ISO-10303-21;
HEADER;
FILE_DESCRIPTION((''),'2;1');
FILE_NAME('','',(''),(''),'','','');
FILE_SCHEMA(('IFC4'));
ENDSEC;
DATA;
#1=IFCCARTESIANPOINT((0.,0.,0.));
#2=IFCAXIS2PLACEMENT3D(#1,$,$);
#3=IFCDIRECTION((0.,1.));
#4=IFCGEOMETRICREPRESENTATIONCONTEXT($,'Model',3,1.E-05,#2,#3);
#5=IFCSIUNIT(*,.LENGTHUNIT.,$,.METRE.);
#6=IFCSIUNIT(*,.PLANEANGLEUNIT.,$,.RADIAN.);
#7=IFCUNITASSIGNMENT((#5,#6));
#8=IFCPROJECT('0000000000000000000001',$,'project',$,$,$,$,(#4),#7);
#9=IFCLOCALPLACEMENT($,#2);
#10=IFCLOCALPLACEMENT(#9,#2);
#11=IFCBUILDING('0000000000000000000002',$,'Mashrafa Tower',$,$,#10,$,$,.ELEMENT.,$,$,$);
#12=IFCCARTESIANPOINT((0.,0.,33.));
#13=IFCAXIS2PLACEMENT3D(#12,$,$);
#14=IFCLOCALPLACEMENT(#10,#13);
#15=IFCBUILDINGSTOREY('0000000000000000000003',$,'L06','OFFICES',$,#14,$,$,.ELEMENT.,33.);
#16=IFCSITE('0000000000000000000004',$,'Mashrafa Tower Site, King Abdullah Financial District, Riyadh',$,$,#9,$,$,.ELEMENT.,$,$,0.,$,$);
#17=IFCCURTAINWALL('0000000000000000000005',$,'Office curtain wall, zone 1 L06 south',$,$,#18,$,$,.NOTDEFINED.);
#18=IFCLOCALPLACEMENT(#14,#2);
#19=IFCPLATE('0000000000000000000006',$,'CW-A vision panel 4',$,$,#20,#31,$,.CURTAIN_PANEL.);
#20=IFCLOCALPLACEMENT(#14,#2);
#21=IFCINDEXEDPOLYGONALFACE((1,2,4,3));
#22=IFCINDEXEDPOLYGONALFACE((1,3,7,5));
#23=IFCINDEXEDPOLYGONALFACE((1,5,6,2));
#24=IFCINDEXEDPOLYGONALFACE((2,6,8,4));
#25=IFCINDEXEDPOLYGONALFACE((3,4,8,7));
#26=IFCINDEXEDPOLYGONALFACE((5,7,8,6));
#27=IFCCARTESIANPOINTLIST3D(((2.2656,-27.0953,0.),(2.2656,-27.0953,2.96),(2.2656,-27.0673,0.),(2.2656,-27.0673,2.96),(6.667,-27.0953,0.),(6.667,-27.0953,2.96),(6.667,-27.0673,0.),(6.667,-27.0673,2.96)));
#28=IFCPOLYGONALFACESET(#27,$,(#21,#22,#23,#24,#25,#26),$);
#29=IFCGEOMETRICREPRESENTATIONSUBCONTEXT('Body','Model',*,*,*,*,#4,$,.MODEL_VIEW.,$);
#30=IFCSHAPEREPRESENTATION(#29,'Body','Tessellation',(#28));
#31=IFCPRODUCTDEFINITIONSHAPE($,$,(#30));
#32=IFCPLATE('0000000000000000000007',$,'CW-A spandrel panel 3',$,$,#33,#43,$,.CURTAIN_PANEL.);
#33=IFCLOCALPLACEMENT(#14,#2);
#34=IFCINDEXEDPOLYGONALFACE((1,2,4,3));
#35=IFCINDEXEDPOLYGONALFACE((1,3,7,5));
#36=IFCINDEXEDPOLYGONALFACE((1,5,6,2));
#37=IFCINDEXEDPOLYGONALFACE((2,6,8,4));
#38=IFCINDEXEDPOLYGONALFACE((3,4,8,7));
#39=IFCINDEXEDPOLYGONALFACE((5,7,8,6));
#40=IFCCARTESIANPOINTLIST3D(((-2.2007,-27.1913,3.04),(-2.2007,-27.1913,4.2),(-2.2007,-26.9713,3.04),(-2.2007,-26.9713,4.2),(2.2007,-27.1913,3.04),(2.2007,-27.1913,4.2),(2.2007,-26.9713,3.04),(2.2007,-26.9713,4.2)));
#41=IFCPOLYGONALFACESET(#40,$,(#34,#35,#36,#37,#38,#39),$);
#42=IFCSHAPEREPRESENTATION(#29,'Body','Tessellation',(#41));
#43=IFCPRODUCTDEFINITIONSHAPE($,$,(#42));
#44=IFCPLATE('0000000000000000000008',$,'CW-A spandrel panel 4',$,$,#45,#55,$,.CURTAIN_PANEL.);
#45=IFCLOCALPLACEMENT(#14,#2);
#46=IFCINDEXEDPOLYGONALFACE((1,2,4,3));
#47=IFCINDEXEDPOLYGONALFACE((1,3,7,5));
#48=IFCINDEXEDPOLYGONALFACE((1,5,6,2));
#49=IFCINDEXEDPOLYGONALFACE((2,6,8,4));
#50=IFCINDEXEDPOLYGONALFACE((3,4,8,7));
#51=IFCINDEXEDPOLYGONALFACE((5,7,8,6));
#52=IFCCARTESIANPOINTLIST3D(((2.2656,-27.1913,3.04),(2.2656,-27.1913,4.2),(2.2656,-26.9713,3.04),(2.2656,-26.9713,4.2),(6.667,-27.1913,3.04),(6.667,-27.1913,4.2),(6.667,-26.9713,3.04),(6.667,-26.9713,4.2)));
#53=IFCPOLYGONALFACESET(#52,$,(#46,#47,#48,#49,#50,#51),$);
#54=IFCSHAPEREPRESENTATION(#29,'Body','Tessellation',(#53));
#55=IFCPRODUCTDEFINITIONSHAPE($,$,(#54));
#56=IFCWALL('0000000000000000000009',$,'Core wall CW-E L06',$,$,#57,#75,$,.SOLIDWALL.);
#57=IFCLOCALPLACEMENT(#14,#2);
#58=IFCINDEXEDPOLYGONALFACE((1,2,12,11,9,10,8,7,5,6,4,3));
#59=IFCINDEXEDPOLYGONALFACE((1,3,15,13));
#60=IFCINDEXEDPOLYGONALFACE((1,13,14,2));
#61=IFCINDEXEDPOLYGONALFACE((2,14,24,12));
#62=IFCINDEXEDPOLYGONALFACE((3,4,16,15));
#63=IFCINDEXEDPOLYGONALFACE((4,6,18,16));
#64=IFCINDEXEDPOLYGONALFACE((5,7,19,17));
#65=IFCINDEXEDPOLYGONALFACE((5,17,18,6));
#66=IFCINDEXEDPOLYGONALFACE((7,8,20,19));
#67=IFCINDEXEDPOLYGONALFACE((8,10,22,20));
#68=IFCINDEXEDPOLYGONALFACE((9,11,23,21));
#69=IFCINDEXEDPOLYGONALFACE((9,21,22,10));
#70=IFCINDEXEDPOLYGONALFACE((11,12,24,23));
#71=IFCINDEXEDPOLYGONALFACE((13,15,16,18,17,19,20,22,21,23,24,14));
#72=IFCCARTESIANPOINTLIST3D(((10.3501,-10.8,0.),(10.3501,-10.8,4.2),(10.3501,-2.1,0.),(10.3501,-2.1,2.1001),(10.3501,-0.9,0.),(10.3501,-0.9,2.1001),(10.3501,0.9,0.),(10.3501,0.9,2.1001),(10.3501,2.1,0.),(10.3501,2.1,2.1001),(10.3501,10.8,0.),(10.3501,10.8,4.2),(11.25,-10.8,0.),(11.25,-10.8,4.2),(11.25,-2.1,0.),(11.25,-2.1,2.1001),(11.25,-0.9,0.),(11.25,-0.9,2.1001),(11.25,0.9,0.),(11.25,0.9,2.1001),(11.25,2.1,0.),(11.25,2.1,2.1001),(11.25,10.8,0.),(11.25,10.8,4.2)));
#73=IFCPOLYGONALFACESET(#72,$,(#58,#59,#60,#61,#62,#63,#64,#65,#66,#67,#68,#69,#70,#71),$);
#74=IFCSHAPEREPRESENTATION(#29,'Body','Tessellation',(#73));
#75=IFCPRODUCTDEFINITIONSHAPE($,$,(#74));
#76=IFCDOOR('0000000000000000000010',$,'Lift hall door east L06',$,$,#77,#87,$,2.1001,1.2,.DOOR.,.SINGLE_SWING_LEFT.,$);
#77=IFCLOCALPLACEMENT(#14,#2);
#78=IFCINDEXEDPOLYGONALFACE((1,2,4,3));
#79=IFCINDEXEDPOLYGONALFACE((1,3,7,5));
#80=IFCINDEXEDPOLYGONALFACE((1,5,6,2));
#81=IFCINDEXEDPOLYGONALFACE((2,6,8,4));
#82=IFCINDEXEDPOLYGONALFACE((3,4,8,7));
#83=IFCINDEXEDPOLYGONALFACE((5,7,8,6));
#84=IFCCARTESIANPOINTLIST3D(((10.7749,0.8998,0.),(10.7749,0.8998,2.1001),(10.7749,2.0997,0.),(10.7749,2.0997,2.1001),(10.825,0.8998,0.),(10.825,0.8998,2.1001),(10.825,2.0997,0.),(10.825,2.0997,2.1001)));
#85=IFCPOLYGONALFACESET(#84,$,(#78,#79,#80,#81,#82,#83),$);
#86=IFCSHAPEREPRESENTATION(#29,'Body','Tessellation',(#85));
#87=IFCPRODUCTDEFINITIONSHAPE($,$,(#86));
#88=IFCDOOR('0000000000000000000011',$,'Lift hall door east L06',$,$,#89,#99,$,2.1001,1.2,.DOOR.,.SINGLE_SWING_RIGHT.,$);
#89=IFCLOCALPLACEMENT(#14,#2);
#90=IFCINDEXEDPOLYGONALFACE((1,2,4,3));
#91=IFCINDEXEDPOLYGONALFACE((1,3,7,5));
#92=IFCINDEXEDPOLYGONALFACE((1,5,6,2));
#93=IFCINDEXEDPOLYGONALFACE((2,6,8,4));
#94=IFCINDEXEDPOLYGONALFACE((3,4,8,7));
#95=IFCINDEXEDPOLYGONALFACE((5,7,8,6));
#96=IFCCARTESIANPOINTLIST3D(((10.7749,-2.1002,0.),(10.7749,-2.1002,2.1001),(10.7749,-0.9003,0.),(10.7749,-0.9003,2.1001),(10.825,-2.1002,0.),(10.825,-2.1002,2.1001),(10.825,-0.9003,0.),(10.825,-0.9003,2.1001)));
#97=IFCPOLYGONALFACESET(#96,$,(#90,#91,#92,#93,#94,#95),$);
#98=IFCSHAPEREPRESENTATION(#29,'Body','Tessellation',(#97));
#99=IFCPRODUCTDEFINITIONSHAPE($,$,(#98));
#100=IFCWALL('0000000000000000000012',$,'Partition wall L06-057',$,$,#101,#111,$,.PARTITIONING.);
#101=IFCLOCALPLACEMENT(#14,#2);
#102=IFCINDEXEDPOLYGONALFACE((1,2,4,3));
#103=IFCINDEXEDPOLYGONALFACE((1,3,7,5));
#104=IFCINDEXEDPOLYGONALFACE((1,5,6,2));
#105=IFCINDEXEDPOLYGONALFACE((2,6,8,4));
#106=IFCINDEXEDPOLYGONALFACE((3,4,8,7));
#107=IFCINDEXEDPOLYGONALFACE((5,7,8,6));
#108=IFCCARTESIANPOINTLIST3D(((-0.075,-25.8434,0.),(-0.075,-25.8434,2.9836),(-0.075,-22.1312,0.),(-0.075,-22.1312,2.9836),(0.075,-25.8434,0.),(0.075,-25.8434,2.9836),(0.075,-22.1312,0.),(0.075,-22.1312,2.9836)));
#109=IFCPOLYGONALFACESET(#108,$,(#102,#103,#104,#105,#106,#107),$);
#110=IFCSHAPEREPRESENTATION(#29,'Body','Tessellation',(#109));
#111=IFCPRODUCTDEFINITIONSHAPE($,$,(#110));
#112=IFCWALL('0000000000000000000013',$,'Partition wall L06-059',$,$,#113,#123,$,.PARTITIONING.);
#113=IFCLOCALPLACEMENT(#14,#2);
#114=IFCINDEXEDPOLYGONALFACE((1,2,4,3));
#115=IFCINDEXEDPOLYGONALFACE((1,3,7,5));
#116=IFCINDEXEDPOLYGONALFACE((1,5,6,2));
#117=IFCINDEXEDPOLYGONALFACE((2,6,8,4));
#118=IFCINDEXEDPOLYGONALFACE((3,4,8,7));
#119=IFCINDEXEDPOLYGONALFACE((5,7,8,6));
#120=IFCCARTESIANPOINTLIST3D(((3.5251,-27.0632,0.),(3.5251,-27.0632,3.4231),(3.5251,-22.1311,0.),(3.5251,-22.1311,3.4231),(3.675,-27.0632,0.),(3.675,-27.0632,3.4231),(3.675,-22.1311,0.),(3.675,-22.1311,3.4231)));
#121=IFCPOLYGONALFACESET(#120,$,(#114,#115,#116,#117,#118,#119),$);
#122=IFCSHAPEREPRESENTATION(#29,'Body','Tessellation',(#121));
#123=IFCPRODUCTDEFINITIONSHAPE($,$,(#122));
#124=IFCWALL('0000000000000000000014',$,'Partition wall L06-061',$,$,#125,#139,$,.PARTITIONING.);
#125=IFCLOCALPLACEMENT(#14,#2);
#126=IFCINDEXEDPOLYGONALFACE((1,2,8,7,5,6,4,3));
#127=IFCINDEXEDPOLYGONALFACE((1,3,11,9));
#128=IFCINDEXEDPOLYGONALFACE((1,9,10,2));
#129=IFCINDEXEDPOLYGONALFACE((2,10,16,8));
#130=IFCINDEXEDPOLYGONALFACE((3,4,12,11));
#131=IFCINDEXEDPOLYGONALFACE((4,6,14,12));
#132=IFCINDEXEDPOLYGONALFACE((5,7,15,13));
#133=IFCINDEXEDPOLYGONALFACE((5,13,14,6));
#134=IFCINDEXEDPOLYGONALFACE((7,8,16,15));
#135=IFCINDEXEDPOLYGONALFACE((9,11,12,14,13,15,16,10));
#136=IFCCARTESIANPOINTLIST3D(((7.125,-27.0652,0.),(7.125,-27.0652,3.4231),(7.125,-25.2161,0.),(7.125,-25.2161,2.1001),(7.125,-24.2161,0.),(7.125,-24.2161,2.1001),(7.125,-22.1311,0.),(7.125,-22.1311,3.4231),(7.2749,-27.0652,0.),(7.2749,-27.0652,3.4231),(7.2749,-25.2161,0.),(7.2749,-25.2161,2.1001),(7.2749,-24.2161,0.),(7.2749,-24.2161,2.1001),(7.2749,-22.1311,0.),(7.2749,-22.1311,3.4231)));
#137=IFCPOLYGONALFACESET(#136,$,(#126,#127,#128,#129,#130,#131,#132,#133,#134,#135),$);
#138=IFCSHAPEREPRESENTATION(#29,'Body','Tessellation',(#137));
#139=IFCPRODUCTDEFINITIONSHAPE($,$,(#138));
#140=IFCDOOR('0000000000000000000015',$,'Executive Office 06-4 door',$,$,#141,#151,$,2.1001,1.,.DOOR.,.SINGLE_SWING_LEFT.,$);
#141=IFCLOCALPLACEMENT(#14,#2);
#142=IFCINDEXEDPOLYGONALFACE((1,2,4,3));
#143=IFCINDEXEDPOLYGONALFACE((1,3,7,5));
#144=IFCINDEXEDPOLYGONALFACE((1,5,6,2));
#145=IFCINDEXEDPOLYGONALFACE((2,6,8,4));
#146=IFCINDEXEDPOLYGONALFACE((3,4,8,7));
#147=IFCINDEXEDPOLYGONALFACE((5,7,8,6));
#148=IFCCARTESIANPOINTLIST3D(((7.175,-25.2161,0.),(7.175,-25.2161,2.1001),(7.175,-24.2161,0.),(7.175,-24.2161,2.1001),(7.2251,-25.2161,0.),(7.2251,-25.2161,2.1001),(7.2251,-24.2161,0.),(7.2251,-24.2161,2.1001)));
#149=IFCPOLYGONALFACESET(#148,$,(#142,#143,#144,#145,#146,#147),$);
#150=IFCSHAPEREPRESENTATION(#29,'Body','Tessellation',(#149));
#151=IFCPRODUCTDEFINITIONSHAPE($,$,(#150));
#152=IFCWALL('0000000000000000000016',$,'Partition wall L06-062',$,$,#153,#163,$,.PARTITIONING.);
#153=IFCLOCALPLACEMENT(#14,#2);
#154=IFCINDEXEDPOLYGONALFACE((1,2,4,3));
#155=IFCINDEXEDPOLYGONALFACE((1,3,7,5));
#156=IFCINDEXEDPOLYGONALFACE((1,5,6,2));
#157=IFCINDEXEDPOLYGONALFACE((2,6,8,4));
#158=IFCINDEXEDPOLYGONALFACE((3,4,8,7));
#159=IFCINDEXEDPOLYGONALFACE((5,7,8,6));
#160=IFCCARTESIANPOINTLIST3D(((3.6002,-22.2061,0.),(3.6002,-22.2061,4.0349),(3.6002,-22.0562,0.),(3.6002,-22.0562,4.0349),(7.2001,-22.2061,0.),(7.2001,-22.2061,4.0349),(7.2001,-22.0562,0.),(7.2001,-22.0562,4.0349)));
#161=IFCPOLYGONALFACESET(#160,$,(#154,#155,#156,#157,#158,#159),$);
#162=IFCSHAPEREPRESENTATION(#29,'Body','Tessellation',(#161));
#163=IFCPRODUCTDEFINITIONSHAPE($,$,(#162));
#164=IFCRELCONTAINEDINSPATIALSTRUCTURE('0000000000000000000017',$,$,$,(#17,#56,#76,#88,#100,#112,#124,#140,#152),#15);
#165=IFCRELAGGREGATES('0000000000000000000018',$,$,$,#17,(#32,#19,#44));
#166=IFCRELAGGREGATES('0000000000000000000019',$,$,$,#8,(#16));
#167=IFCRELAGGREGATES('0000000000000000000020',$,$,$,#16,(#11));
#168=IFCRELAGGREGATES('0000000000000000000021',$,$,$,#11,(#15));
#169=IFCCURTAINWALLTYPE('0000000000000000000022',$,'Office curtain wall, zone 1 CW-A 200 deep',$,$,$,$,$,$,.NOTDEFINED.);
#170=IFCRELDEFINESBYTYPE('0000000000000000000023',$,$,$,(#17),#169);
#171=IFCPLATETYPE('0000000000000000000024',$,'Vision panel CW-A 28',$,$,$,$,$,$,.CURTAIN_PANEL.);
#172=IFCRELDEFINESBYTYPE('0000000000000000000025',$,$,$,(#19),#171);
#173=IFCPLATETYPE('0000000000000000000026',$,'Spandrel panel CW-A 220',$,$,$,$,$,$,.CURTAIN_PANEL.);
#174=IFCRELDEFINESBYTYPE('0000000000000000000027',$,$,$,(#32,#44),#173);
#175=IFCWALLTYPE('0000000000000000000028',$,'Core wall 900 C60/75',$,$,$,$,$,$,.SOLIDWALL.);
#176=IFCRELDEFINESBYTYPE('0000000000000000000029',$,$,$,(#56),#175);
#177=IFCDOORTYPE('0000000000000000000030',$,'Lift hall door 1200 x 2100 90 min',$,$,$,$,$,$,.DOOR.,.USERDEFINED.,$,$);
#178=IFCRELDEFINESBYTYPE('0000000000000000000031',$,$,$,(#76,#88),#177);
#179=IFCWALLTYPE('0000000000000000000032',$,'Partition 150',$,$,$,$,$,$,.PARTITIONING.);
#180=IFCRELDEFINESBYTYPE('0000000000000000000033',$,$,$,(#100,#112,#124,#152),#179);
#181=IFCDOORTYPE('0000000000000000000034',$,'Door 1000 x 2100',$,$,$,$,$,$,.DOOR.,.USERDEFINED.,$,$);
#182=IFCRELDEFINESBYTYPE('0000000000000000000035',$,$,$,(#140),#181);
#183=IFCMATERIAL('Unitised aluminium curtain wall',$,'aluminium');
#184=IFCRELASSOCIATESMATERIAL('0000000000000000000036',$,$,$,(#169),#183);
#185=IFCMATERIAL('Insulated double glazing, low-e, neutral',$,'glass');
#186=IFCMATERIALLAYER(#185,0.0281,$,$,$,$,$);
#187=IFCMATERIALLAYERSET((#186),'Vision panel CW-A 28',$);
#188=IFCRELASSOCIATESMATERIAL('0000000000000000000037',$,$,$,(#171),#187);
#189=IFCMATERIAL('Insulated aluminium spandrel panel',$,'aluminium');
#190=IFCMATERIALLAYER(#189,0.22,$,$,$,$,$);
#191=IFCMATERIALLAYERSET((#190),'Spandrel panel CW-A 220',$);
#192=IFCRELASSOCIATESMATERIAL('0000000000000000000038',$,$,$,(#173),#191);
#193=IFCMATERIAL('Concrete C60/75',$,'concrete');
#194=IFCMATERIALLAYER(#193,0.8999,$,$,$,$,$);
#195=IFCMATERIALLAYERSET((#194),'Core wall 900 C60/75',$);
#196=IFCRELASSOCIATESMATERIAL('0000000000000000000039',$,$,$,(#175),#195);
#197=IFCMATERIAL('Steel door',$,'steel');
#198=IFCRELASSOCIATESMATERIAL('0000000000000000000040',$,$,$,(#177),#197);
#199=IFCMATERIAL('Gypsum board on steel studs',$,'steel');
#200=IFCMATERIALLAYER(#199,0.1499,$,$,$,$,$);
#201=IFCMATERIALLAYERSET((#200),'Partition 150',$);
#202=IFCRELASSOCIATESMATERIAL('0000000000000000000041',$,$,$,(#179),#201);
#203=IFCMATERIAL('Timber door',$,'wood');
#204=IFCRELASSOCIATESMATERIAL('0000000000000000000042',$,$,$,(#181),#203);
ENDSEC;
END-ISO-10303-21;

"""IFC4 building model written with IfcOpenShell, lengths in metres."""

from ifc_helpers import new_model, si_unit, direction, frame, frame_2d, origin, origin_2d, place, context, subcontext, project, spatial, rectangle, extrude, source, transform, mapped, material, layer, layer_set, type_object, element, fill, aggregate, save


model = new_model("IFC4")

# Units and contexts
model_context = context("Model", 3, precision=1e-05, world=origin(), true_north=direction((0.0, 1.0)))
body_context = subcontext(model_context, "Body", "Model", "MODEL_VIEW")
ifc_project = project(units=[si_unit("LENGTHUNIT", "METRE"), si_unit("PLANEANGLEUNIT", "RADIAN")], contexts=[model_context])

# Site, building, storey
site_placement = place(None, origin())
site = spatial("IfcSite", under=ifc_project, at=site_placement, Name="Mashrafa Tower Site, King Abdullah Financial District, Riyadh", CompositionType="ELEMENT", RefElevation=0.0)
building_placement = place(site_placement, origin())
building = spatial("IfcBuilding", under=site, at=building_placement, Name="Mashrafa Tower", CompositionType="ELEMENT")
storey_placement = place(building_placement, frame((0.0, 0.0, 33.0)))
storey = spatial("IfcBuildingStorey", under=building, at=storey_placement, Name="L06", Description="OFFICES", CompositionType="ELEMENT", Elevation=33.0)

# Curtain wall
ifc_material_1 = material(Name="Unitised aluminium curtain wall", Category="aluminium")
curtain_wall_type = type_object("IfcCurtainWallType", Name="Office curtain wall, zone 1 CW-A 200 deep", PredefinedType="NOTDEFINED", material=ifc_material_1)
curtain_wall_1_placement = place(storey_placement, origin())
curtain_wall_1 = element("IfcCurtainWall", 1, at=curtain_wall_1_placement, inside=storey, type_object=curtain_wall_type, Name="Office curtain wall, zone 1 L06 south", PredefinedType="NOTDEFINED")

# Plates
ifc_material_2 = material(Name="Insulated double glazing, low-e, neutral", Category="glass")
ifc_layer_1 = layer(ifc_material_2, 0.0281)
ifc_layer_set_1 = layer_set([ifc_layer_1], Name="Vision panel CW-A 28")
plate_type_1 = type_object("IfcPlateType", Name="Vision panel CW-A 28", PredefinedType="CURTAIN_PANEL", material=ifc_layer_set_1)
ifc_material_3 = material(Name="Insulated aluminium spandrel panel", Category="aluminium")
ifc_layer_2 = layer(ifc_material_3, 0.22)
ifc_layer_set_2 = layer_set([ifc_layer_2], Name="Spandrel panel CW-A 220")
plate_type_2 = type_object("IfcPlateType", Name="Spandrel panel CW-A 220", PredefinedType="CURTAIN_PANEL", material=ifc_layer_set_2)
shared_shape_1 = source(origin(), body_context, "Body", "SweptSolid", [
    extrude(rectangle(XDim=4.4014, YDim=0.0281, at=origin_2d()), origin(), (0.0, 0.0, 1.0), 2.96),
])
plate_1_placement = place(storey_placement, frame((4.4663, -27.0813, 0.0), z_axis=(0.0, 0.0, 1.0), x_axis=(1.0, 0.0, 0.0)))
plate_1 = element("IfcPlate", 2, at=plate_1_placement, type_object=plate_type_1, Name="CW-A vision panel 4", PredefinedType="CURTAIN_PANEL", context=body_context, shape_type="MappedRepresentation", body=[
    mapped(shared_shape_1, transform((0.0, 0.0, 0.0))),
])
shared_shape_2 = source(origin(), body_context, "Body", "SweptSolid", [
    extrude(rectangle(XDim=4.4014, YDim=0.22, at=origin_2d()), origin(), (0.0, 0.0, 1.0), 1.1599),
])
plate_2_placement = place(storey_placement, frame((0.0, -27.0813, 3.04), z_axis=(0.0, 0.0, 1.0), x_axis=(1.0, 0.0, 0.0)))
plate_2 = element("IfcPlate", 3, at=plate_2_placement, type_object=plate_type_2, Name="CW-A spandrel panel 3", PredefinedType="CURTAIN_PANEL", context=body_context, shape_type="MappedRepresentation", body=[
    mapped(shared_shape_2, transform((0.0, 0.0, 0.0))),
])
plate_3_placement = place(storey_placement, frame((4.4663, -27.0813, 3.04), z_axis=(0.0, 0.0, 1.0), x_axis=(1.0, 0.0, 0.0)))
plate_3 = element("IfcPlate", 4, at=plate_3_placement, type_object=plate_type_2, Name="CW-A spandrel panel 4", PredefinedType="CURTAIN_PANEL", context=body_context, shape_type="MappedRepresentation", body=[
    mapped(shared_shape_2, transform((0.0, 0.0, 0.0))),
])
aggregate(curtain_wall_1, [plate_2, plate_1, plate_3])

# Wall, openings, doors
ifc_material_4 = material(Name="Concrete C60/75", Category="concrete")
ifc_layer_3 = layer(ifc_material_4, 0.8999)
ifc_layer_set_3 = layer_set([ifc_layer_3], Name="Core wall 900 C60/75")
wall_type_1 = type_object("IfcWallType", Name="Core wall 900 C60/75", PredefinedType="SOLIDWALL", material=ifc_layer_set_3)
wall_1_placement = place(storey_placement, frame((10.8, -10.8, 0.0), z_axis=(0.0, 0.0, 1.0), x_axis=(0.0, 1.0, 0.0)))
wall_1 = element("IfcWall", 5, at=wall_1_placement, inside=storey, type_object=wall_type_1, Name="Core wall CW-E L06", PredefinedType="SOLIDWALL", context=body_context, shape_type="SweptSolid", body=[
    extrude(rectangle(XDim=21.6001, YDim=0.8999, at=frame_2d((10.8, 0.0))), origin(), (0.0, 0.0, 1.0), 4.2),
])
opening_1_placement = place(wall_1_placement, frame((11.7, 0.0, 0.0)))
opening_1 = element("IfcOpeningElement", 6, at=opening_1_placement, cuts=wall_1, PredefinedType="OPENING", context=body_context, shape_type="SweptSolid", body=[
    extrude(rectangle(XDim=1.2, YDim=2.1001, at=frame_2d((0.6001, 1.05))), frame((0.0, 0.46, 0.0), z_axis=(0.0, -1.0, 0.0), x_axis=(1.0, 0.0, 0.0)), (0.0, 0.0, 1.0), 0.9199),
])
opening_2_placement = place(wall_1_placement, frame((8.7, 0.0, 0.0)))
opening_2 = element("IfcOpeningElement", 7, at=opening_2_placement, cuts=wall_1, PredefinedType="OPENING", context=body_context, shape_type="SweptSolid", body=[
    extrude(rectangle(XDim=1.2, YDim=2.1001, at=frame_2d((0.6001, 1.05))), frame((0.0, 0.46, 0.0), z_axis=(0.0, -1.0, 0.0), x_axis=(1.0, 0.0, 0.0)), (0.0, 0.0, 1.0), 0.9199),
])
ifc_material_5 = material(Name="Steel door", Category="steel")
door_type_1 = type_object("IfcDoorType", Name="Lift hall door 1200 x 2100 90 min", OperationType="USERDEFINED", PredefinedType="DOOR", material=ifc_material_5)
door_1_placement = place(opening_1_placement, frame((1.2, 0.0, 0.0), z_axis=(0.0, 0.0, 1.0), x_axis=(-1.0, 0.0, 0.0)))
door_1 = element("IfcDoor", 8, at=door_1_placement, inside=storey, type_object=door_type_1, Name="Lift hall door east L06", OperationType="SINGLE_SWING_LEFT", OverallHeight=2.1001, OverallWidth=1.2, PredefinedType="DOOR", context=body_context, shape_type="SweptSolid", body=[
    extrude(rectangle(XDim=1.2, YDim=2.1001, at=frame_2d((0.6001, 1.05))), frame((0.0, 0.0249, 0.0), z_axis=(0.0, -1.0, 0.0), x_axis=(1.0, 0.0, 0.0)), (0.0, 0.0, 1.0), 0.05),
])
fill(opening_1, door_1)
door_2_placement = place(opening_2_placement, frame((1.2, 0.0, 0.0), z_axis=(0.0, 0.0, 1.0), x_axis=(-1.0, 0.0, 0.0)))
door_2 = element("IfcDoor", 9, at=door_2_placement, inside=storey, type_object=door_type_1, Name="Lift hall door east L06", OperationType="SINGLE_SWING_RIGHT", OverallHeight=2.1001, OverallWidth=1.2, PredefinedType="DOOR", context=body_context, shape_type="SweptSolid", body=[
    extrude(rectangle(XDim=1.2, YDim=2.1001, at=frame_2d((0.6001, 1.05))), frame((0.0, 0.0249, 0.0), z_axis=(0.0, -1.0, 0.0), x_axis=(1.0, 0.0, 0.0)), (0.0, 0.0, 1.0), 0.05),
])
fill(opening_2, door_2)

# Walls
ifc_material_6 = material(Name="Gypsum board on steel studs", Category="steel")
ifc_layer_4 = layer(ifc_material_6, 0.1499)
ifc_layer_set_4 = layer_set([ifc_layer_4], Name="Partition 150")
wall_type_2 = type_object("IfcWallType", Name="Partition 150", PredefinedType="PARTITIONING", material=ifc_layer_set_4)
wall_2_placement = place(storey_placement, frame((0.0, -25.8433, 0.0), z_axis=(0.0, 0.0, 1.0), x_axis=(0.0, 1.0, 0.0)))
element("IfcWall", 10, at=wall_2_placement, inside=storey, type_object=wall_type_2, Name="Partition wall L06-057", PredefinedType="PARTITIONING", context=body_context, shape_type="SweptSolid", body=[
    extrude(rectangle(XDim=3.7122, YDim=0.1499, at=frame_2d((1.856, 0.0))), origin(), (0.0, 0.0, 1.0), 2.9836),
])
wall_3_placement = place(storey_placement, frame((3.6001, -27.0632, 0.0), z_axis=(0.0, 0.0, 1.0), x_axis=(0.0, 1.0, 0.0)))
element("IfcWall", 11, at=wall_3_placement, inside=storey, type_object=wall_type_2, Name="Partition wall L06-059", PredefinedType="PARTITIONING", context=body_context, shape_type="SweptSolid", body=[
    extrude(rectangle(XDim=4.9321, YDim=0.1499, at=frame_2d((2.4661, 0.0))), origin(), (0.0, 0.0, 1.0), 3.4231),
])

# Wall, opening, door
wall_4_placement = place(storey_placement, frame((7.2, -27.0652, 0.0), z_axis=(0.0, 0.0, 1.0), x_axis=(0.0, 1.0, 0.0)))
wall_4 = element("IfcWall", 12, at=wall_4_placement, inside=storey, type_object=wall_type_2, Name="Partition wall L06-061", PredefinedType="PARTITIONING", context=body_context, shape_type="SweptSolid", body=[
    extrude(rectangle(XDim=4.9341, YDim=0.1499, at=frame_2d((2.467, 0.0))), origin(), (0.0, 0.0, 1.0), 3.4231),
])
opening_3_placement = place(wall_4_placement, frame((1.8491, 0.0, 0.0)))
opening_3 = element("IfcOpeningElement", 13, at=opening_3_placement, cuts=wall_4, PredefinedType="OPENING", context=body_context, shape_type="SweptSolid", body=[
    extrude(rectangle(XDim=1.0, YDim=2.1001, at=frame_2d((0.5, 1.05))), frame((0.0, 0.085, 0.0), z_axis=(0.0, -1.0, 0.0), x_axis=(1.0, 0.0, 0.0)), (0.0, 0.0, 1.0), 0.1699),
])
ifc_material_7 = material(Name="Timber door", Category="wood")
door_type_2 = type_object("IfcDoorType", Name="Door 1000 x 2100", OperationType="USERDEFINED", PredefinedType="DOOR", material=ifc_material_7)
door_3_placement = place(opening_3_placement, origin())
door_3 = element("IfcDoor", 14, at=door_3_placement, inside=storey, type_object=door_type_2, Name="Executive Office 06-4 door", OperationType="SINGLE_SWING_LEFT", OverallHeight=2.1001, OverallWidth=1.0, PredefinedType="DOOR", context=body_context, shape_type="SweptSolid", body=[
    extrude(rectangle(XDim=1.0, YDim=2.1001, at=frame_2d((0.5, 1.05))), frame((0.0, 0.0249, 0.0), z_axis=(0.0, -1.0, 0.0), x_axis=(1.0, 0.0, 0.0)), (0.0, 0.0, 1.0), 0.05),
])
fill(opening_3, door_3)

# Wall
wall_5_placement = place(storey_placement, frame((7.2, -22.1311, 0.0), z_axis=(0.0, 0.0, 1.0), x_axis=(-1.0, 0.0, 0.0)))
element("IfcWall", 15, at=wall_5_placement, inside=storey, type_object=wall_type_2, Name="Partition wall L06-062", PredefinedType="PARTITIONING", context=body_context, shape_type="SweptSolid", body=[
    extrude(rectangle(XDim=3.5999, YDim=0.1499, at=frame_2d((1.7998, 0.0))), origin(), (0.0, 0.0, 1.0), 4.0349),
])

save(model, "model.ifc")
